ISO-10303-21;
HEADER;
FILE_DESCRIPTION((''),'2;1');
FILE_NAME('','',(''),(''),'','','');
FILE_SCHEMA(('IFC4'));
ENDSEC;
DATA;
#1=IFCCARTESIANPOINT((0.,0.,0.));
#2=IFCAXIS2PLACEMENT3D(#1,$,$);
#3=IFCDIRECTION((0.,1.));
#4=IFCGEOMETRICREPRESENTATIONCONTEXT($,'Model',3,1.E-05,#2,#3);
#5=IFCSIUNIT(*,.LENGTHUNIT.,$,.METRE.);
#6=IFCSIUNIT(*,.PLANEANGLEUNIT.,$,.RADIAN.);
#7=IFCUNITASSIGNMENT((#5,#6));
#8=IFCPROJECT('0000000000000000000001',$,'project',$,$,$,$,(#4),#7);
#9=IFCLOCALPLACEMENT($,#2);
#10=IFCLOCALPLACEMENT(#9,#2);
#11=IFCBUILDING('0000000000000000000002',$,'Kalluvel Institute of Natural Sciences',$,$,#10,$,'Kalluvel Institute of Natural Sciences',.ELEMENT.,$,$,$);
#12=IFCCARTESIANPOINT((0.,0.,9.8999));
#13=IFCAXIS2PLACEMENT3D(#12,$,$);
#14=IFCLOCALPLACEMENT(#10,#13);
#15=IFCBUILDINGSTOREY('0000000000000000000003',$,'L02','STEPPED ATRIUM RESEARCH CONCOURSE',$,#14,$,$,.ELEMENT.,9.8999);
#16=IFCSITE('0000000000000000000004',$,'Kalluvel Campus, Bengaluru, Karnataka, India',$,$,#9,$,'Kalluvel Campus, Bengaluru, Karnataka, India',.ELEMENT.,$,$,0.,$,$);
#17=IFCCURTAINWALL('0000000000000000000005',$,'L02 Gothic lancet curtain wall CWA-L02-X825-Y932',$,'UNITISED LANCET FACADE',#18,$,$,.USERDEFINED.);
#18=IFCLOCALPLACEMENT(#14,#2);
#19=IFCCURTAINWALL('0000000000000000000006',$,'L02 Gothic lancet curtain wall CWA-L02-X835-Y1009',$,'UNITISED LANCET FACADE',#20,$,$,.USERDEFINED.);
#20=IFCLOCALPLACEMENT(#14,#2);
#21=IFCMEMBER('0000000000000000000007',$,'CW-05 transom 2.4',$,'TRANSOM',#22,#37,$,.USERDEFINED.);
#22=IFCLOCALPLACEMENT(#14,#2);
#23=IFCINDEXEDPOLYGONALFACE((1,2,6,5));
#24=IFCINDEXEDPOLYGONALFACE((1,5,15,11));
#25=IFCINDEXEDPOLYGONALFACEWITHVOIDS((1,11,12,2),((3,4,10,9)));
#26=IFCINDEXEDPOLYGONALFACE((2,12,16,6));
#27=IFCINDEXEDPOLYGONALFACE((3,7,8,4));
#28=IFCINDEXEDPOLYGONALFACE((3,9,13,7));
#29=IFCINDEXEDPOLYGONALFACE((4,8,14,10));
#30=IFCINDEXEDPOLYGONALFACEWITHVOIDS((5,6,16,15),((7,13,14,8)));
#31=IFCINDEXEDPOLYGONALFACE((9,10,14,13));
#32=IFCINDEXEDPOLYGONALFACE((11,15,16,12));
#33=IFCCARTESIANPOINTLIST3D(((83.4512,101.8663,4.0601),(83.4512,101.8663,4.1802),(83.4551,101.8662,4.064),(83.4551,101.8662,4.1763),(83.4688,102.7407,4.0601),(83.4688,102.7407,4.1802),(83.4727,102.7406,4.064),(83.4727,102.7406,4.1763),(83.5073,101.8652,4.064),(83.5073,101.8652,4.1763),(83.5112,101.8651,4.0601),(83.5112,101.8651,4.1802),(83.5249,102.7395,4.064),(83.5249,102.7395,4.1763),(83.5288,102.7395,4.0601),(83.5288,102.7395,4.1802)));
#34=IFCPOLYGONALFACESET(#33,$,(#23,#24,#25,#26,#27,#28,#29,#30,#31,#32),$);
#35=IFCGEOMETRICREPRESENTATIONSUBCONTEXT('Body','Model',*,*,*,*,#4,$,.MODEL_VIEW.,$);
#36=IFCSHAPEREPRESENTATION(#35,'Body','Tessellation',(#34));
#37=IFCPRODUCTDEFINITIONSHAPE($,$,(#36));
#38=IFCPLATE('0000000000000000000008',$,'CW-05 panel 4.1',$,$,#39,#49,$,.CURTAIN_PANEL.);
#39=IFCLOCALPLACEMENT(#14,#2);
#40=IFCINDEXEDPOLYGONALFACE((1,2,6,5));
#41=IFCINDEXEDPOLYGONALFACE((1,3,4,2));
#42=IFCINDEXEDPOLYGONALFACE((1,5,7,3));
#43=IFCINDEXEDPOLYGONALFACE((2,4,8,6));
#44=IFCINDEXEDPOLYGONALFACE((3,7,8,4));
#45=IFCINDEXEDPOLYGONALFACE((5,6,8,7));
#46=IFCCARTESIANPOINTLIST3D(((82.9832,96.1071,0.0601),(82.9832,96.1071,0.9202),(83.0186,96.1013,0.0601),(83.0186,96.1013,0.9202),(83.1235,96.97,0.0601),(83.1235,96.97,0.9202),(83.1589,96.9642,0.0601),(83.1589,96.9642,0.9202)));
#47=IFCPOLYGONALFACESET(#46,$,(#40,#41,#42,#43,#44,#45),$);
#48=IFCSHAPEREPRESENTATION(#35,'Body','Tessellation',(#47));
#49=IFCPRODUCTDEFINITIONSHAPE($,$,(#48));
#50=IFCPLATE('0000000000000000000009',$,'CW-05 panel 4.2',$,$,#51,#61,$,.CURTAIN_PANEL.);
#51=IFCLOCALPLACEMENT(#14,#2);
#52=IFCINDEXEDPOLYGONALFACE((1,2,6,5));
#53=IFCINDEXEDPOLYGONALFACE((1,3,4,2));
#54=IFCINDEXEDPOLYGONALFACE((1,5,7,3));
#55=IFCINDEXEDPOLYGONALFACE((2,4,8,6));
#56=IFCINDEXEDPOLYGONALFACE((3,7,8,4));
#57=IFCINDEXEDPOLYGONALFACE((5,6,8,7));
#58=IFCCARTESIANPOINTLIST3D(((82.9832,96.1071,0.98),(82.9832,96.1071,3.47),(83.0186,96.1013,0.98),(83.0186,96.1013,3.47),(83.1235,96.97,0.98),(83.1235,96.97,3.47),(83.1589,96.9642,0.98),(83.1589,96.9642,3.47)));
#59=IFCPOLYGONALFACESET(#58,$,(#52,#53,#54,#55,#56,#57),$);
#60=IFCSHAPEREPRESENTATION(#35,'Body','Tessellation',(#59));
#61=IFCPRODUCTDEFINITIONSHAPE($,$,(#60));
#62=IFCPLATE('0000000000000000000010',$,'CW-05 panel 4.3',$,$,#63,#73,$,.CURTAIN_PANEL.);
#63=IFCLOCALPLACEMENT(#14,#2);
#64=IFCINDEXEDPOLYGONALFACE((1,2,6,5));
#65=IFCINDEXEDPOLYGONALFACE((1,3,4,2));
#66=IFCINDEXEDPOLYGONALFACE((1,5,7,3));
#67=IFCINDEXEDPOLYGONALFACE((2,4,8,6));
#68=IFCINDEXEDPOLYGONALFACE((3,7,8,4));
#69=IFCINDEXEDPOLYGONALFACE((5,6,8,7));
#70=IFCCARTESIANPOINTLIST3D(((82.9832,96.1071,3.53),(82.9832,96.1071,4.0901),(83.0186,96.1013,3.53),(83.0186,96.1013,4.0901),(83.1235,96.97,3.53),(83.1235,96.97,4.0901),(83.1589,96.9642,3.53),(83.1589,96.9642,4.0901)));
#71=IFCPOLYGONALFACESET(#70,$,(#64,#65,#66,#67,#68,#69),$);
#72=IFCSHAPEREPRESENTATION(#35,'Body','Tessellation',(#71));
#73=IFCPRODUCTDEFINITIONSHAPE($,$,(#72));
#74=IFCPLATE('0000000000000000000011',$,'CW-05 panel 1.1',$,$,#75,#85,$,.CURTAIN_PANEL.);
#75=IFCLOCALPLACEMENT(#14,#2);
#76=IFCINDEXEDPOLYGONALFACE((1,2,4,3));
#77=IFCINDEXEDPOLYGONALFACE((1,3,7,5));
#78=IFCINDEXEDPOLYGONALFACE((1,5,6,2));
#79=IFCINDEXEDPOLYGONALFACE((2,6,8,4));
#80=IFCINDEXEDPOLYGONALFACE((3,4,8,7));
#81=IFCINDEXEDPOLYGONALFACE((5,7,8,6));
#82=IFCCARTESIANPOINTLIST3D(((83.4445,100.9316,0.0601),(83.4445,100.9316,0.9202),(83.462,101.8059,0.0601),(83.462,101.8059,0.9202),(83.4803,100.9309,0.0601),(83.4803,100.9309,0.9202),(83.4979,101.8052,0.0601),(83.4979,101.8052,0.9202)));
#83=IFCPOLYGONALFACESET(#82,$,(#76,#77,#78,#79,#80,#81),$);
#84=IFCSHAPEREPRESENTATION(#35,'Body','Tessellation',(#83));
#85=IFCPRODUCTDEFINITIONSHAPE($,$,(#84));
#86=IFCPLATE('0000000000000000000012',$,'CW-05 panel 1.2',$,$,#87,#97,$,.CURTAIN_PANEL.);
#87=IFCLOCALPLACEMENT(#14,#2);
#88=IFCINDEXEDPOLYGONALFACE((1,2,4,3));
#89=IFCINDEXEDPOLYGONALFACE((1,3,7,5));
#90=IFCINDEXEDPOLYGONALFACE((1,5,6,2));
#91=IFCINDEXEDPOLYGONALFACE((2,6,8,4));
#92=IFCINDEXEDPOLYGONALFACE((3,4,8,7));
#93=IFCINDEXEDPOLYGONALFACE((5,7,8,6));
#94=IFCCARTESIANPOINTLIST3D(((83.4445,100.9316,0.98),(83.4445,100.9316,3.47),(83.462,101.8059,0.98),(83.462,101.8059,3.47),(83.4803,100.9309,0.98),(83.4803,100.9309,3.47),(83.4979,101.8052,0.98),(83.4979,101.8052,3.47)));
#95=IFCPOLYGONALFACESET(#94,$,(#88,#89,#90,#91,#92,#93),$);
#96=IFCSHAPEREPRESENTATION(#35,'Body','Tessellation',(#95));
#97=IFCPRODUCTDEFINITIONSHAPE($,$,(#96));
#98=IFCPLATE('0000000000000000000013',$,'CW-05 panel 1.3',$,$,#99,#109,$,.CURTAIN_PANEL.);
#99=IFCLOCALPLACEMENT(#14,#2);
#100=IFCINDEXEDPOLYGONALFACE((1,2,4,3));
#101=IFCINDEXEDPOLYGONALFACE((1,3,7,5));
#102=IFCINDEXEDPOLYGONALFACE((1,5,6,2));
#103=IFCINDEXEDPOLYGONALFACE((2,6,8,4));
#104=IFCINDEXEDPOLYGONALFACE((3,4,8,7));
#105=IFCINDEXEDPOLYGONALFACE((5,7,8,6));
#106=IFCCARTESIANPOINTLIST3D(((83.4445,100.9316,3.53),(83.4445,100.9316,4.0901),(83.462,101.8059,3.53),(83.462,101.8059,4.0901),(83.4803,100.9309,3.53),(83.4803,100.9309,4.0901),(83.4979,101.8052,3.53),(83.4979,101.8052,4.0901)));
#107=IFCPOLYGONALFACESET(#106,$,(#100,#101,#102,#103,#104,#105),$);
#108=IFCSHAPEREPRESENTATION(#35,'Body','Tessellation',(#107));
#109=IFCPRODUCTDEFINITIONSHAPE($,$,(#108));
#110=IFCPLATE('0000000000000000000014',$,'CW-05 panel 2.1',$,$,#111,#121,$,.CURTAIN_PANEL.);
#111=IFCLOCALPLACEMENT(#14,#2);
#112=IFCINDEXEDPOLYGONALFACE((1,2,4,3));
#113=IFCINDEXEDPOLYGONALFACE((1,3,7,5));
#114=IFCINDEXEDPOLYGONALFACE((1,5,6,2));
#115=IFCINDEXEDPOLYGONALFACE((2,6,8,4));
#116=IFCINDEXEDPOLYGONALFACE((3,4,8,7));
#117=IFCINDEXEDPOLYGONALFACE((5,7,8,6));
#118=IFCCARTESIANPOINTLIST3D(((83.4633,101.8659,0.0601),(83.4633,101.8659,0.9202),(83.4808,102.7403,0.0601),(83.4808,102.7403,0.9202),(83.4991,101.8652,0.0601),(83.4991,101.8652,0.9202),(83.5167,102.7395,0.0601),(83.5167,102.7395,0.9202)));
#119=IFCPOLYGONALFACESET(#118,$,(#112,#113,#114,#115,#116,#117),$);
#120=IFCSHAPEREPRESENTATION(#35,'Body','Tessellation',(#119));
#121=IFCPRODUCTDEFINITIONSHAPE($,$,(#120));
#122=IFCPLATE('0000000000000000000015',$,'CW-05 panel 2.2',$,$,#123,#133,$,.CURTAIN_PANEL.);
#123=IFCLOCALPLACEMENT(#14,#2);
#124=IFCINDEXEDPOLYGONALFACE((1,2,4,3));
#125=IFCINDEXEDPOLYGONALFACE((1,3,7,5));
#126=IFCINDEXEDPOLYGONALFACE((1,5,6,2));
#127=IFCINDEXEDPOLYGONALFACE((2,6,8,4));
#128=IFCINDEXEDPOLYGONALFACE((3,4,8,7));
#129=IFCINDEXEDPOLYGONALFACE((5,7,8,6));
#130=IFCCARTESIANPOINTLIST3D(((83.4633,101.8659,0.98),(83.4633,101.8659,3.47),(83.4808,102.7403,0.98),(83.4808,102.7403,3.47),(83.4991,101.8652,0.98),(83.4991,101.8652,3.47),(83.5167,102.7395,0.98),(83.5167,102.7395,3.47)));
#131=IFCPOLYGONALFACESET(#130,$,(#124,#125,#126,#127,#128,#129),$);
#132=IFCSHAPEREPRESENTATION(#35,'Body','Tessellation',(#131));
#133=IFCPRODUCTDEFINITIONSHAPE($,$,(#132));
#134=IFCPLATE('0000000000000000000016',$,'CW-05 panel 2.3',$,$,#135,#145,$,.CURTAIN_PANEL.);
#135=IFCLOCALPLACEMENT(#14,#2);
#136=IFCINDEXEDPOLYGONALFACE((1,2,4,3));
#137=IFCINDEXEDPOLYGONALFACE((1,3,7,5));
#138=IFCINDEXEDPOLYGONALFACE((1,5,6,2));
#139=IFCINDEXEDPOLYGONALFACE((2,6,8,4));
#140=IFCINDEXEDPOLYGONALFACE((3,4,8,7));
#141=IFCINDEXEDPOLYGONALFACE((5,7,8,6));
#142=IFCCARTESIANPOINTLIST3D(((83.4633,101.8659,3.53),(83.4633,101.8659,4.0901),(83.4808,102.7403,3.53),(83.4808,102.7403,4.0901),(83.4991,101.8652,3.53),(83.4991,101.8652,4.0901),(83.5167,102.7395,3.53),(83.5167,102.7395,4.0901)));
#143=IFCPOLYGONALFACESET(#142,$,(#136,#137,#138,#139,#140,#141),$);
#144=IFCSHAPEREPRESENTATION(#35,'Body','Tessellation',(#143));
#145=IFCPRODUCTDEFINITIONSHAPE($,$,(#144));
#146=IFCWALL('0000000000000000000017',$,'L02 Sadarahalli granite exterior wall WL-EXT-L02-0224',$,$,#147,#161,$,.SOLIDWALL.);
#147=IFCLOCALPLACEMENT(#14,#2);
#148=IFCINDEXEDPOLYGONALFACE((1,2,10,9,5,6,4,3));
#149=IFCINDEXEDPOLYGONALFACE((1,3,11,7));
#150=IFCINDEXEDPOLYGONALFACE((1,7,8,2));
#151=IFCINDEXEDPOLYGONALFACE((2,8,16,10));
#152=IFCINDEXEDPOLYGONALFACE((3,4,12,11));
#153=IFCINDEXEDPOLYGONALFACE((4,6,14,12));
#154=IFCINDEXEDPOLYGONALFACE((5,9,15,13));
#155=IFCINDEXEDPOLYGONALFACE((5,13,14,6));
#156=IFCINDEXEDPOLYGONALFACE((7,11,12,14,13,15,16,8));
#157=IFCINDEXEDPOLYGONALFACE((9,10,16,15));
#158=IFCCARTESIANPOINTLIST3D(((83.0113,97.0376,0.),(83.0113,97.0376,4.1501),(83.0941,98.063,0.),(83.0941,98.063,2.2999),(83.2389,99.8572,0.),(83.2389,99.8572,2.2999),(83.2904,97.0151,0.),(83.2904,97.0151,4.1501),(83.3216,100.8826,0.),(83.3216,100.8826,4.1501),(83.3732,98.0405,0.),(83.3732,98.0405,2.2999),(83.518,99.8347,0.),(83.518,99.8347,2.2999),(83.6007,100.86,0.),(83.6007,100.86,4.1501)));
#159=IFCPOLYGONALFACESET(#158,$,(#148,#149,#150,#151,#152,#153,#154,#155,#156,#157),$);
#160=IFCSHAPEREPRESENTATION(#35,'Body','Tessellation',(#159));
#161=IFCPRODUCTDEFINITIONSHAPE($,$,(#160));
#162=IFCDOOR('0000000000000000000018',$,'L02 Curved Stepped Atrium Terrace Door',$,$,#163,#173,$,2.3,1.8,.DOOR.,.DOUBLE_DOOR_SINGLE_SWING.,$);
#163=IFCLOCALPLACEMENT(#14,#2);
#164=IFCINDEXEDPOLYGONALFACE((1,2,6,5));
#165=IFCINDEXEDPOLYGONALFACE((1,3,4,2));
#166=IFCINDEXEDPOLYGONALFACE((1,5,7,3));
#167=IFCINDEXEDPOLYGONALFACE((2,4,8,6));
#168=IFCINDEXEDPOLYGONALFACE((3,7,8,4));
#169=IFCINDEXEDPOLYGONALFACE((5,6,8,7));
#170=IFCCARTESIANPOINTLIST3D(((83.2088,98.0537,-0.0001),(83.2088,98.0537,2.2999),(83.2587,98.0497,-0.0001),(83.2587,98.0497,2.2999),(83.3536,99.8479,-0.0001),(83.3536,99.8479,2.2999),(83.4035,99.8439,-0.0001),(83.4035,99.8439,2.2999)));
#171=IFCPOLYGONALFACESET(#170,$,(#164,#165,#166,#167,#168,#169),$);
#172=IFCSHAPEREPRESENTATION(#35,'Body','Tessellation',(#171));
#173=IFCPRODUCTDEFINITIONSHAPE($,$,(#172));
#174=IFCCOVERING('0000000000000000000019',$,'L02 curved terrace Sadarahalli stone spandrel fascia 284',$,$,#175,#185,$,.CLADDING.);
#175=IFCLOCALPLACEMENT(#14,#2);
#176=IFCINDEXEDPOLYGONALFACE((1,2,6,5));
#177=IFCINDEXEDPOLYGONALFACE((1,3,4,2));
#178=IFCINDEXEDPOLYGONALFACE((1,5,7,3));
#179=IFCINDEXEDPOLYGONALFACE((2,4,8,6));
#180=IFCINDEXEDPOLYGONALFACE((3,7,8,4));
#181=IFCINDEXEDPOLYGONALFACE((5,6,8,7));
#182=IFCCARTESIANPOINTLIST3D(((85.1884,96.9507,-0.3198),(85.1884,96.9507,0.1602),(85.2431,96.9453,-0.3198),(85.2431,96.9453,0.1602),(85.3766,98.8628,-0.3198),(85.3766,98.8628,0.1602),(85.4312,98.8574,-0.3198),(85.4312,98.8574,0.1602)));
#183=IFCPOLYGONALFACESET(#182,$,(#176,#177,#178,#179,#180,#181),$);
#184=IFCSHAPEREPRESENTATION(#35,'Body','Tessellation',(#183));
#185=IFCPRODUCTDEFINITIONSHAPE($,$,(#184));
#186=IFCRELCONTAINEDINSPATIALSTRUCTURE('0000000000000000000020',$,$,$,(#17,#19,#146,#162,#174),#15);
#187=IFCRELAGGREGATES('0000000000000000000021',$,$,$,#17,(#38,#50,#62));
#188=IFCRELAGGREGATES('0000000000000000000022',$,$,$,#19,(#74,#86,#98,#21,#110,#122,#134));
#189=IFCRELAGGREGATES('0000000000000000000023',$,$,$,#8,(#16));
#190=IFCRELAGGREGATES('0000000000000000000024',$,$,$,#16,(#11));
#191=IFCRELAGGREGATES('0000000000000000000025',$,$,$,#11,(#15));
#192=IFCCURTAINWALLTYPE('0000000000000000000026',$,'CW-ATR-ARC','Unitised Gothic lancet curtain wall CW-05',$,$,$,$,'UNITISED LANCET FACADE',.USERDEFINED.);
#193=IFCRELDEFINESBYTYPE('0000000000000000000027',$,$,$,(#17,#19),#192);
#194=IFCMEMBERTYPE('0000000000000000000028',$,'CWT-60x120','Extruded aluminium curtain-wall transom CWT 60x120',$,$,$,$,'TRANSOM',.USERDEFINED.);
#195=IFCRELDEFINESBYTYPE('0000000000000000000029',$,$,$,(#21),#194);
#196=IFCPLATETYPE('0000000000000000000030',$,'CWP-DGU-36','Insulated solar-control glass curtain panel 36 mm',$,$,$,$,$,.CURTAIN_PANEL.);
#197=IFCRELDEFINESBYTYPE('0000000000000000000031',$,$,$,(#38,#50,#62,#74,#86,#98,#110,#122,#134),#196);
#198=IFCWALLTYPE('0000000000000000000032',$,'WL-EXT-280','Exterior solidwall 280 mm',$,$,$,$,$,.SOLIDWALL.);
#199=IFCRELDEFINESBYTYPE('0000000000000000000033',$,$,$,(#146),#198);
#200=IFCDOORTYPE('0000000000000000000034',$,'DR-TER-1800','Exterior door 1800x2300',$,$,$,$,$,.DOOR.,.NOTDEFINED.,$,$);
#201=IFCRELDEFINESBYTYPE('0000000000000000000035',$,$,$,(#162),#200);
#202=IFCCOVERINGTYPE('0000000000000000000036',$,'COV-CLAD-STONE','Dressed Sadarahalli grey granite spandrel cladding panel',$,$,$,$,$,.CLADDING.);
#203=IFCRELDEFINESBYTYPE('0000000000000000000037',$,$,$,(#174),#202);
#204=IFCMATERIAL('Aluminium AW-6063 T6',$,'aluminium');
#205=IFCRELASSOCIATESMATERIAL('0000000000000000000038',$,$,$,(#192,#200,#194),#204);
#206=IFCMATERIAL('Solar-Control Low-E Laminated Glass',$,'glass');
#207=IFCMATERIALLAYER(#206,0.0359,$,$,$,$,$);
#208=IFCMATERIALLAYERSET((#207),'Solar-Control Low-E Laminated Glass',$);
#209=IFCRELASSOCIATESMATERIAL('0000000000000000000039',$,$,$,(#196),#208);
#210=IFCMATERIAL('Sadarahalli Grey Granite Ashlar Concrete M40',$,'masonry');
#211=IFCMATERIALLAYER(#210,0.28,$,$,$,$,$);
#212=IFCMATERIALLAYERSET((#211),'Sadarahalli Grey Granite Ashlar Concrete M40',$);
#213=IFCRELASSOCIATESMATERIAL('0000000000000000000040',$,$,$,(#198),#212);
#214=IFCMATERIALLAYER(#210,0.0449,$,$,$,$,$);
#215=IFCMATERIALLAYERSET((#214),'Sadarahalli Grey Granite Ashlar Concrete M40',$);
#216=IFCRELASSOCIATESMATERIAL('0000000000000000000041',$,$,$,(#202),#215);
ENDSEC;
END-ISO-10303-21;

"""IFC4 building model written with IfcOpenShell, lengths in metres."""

from ifc_helpers import new_model, si_unit, direction, frame, frame_2d, origin, origin_2d, place, context, subcontext, project, spatial, rectangle, hollow_rectangle, extrude, material, layer, layer_set, material_profile, profile_set, type_object, element, fill, aggregate, save


model = new_model("IFC4")

# Units and contexts
model_context = context("Model", 3, precision=1e-05, world=origin(), true_north=direction((0.0, 1.0)))
body_context = subcontext(model_context, "Body", "Model", "MODEL_VIEW")
ifc_project = project(units=[si_unit("LENGTHUNIT", "METRE"), si_unit("PLANEANGLEUNIT", "RADIAN")], contexts=[model_context])

# Site, building, storey
site_placement = place(None, origin())
site = spatial("IfcSite", under=ifc_project, at=site_placement, Name="Kalluvel Campus, Bengaluru, Karnataka, India", LongName="Kalluvel Campus, Bengaluru, Karnataka, India", CompositionType="ELEMENT", RefElevation=0.0)
building_placement = place(site_placement, origin())
building = spatial("IfcBuilding", under=site, at=building_placement, Name="Kalluvel Institute of Natural Sciences", LongName="Kalluvel Institute of Natural Sciences", CompositionType="ELEMENT")
storey_placement = place(building_placement, frame((0.0, 0.0, 9.8999)))
storey = spatial("IfcBuildingStorey", under=building, at=storey_placement, Name="L02", Description="STEPPED ATRIUM RESEARCH CONCOURSE", CompositionType="ELEMENT", Elevation=9.8999)

# Curtain wall
ifc_material_1 = material(Name="Aluminium AW-6063 T6", Category="aluminium")
curtain_wall_type = type_object("IfcCurtainWallType", Name="CW-ATR-ARC", Description="Unitised Gothic lancet curtain wall CW-05", ElementType="UNITISED LANCET FACADE", PredefinedType="USERDEFINED", material=ifc_material_1)
curtain_wall_1_placement = place(storey_placement, origin())
curtain_wall_1 = element("IfcCurtainWall", 1, at=curtain_wall_1_placement, inside=storey, type_object=curtain_wall_type, Name="L02 Gothic lancet curtain wall CWA-L02-X825-Y932", ObjectType="UNITISED LANCET FACADE", PredefinedType="USERDEFINED")

# Curtain wall, member
curtain_wall_2_placement = place(storey_placement, origin())
curtain_wall_2 = element("IfcCurtainWall", 2, at=curtain_wall_2_placement, inside=storey, type_object=curtain_wall_type, Name="L02 Gothic lancet curtain wall CWA-L02-X835-Y1009", ObjectType="UNITISED LANCET FACADE", PredefinedType="USERDEFINED")
ifc_material_profile_1 = material_profile(ifc_material_1, hollow_rectangle(XDim=0.0601, YDim=0.1201, WallThickness=0.0039, at=origin_2d()), Name="CWT 60x120")
ifc_profile_set_1 = profile_set([ifc_material_profile_1], Name="Aluminium AW-6063 T6")
member_type_1 = type_object("IfcMemberType", Name="CWT-60x120", Description="Extruded aluminium curtain-wall transom CWT 60x120", ElementType="TRANSOM", PredefinedType="USERDEFINED", material=ifc_profile_set_1)
member_1_placement = place(storey_placement, frame((83.4812, 101.8657, 4.1201), z_axis=(0.020102, 0.999798, 0.0), x_axis=(-0.999798, 0.020102, 0.0)))
member_1 = element("IfcMember", 3, at=member_1_placement, type_object=member_type_1, Name="CW-05 transom 2.4", ObjectType="TRANSOM", PredefinedType="USERDEFINED", context=body_context, shape_type="SweptSolid", body=[
    extrude(hollow_rectangle(XDim=0.0601, YDim=0.1201, WallThickness=0.0039, at=origin_2d()), origin(), (0.0, 0.0, 1.0), 0.8745),
])

# Plates
ifc_material_2 = material(Name="Solar-Control Low-E Laminated Glass", Category="glass")
ifc_layer_1 = layer(ifc_material_2, 0.0359)
ifc_layer_set_1 = layer_set([ifc_layer_1], Name="Solar-Control Low-E Laminated Glass")
plate_type = type_object("IfcPlateType", Name="CWP-DGU-36", Description="Insulated solar-control glass curtain panel 36 mm", PredefinedType="CURTAIN_PANEL", material=ifc_layer_set_1)
plate_1_placement = place(storey_placement, frame((83.071, 96.5356, 0.0601), z_axis=(0.0, 0.0, 1.0), x_axis=(0.160417, 0.987049, 0.0)))
plate_1 = element("IfcPlate", 4, at=plate_1_placement, type_object=plate_type, Name="CW-05 panel 4.1", PredefinedType="CURTAIN_PANEL", context=body_context, shape_type="SweptSolid", body=[
    extrude(rectangle(XDim=0.8743, YDim=0.0359, at=origin_2d()), origin(), (0.0, 0.0, 1.0), 0.8601),
])
plate_2_placement = place(storey_placement, frame((83.071, 96.5356, 0.98), z_axis=(0.0, 0.0, 1.0), x_axis=(0.160417, 0.987049, 0.0)))
plate_2 = element("IfcPlate", 5, at=plate_2_placement, type_object=plate_type, Name="CW-05 panel 4.2", PredefinedType="CURTAIN_PANEL", context=body_context, shape_type="SweptSolid", body=[
    extrude(rectangle(XDim=0.8743, YDim=0.0359, at=origin_2d()), origin(), (0.0, 0.0, 1.0), 2.49),
])
plate_3_placement = place(storey_placement, frame((83.071, 96.5356, 3.53), z_axis=(0.0, 0.0, 1.0), x_axis=(0.160417, 0.987049, 0.0)))
plate_3 = element("IfcPlate", 6, at=plate_3_placement, type_object=plate_type, Name="CW-05 panel 4.3", PredefinedType="CURTAIN_PANEL", context=body_context, shape_type="SweptSolid", body=[
    extrude(rectangle(XDim=0.8743, YDim=0.0359, at=origin_2d()), origin(), (0.0, 0.0, 1.0), 0.5601),
])
aggregate(curtain_wall_1, [plate_1, plate_2, plate_3])
plate_4_placement = place(storey_placement, frame((83.4712, 101.3684, 0.0601), z_axis=(0.0, 0.0, 1.0), x_axis=(0.020113, 0.999798, 0.0)))
plate_4 = element("IfcPlate", 7, at=plate_4_placement, type_object=plate_type, Name="CW-05 panel 1.1", PredefinedType="CURTAIN_PANEL", context=body_context, shape_type="SweptSolid", body=[
    extrude(rectangle(XDim=0.8745, YDim=0.0359, at=origin_2d()), origin(), (0.0, 0.0, 1.0), 0.8601),
])
plate_5_placement = place(storey_placement, frame((83.4712, 101.3684, 0.98), z_axis=(0.0, 0.0, 1.0), x_axis=(0.020113, 0.999798, 0.0)))
plate_5 = element("IfcPlate", 8, at=plate_5_placement, type_object=plate_type, Name="CW-05 panel 1.2", PredefinedType="CURTAIN_PANEL", context=body_context, shape_type="SweptSolid", body=[
    extrude(rectangle(XDim=0.8745, YDim=0.0359, at=origin_2d()), origin(), (0.0, 0.0, 1.0), 2.49),
])
plate_6_placement = place(storey_placement, frame((83.4712, 101.3684, 3.53), z_axis=(0.0, 0.0, 1.0), x_axis=(0.020113, 0.999798, 0.0)))
plate_6 = element("IfcPlate", 9, at=plate_6_placement, type_object=plate_type, Name="CW-05 panel 1.3", PredefinedType="CURTAIN_PANEL", context=body_context, shape_type="SweptSolid", body=[
    extrude(rectangle(XDim=0.8745, YDim=0.0359, at=origin_2d()), origin(), (0.0, 0.0, 1.0), 0.5601),
])
plate_7_placement = place(storey_placement, frame((83.49, 102.3027, 0.0601), z_axis=(0.0, 0.0, 1.0), x_axis=(0.020113, 0.999798, 0.0)))
plate_7 = element("IfcPlate", 10, at=plate_7_placement, type_object=plate_type, Name="CW-05 panel 2.1", PredefinedType="CURTAIN_PANEL", context=body_context, shape_type="SweptSolid", body=[
    extrude(rectangle(XDim=0.8745, YDim=0.0359, at=origin_2d()), origin(), (0.0, 0.0, 1.0), 0.8601),
])
plate_8_placement = place(storey_placement, frame((83.49, 102.3027, 0.98), z_axis=(0.0, 0.0, 1.0), x_axis=(0.020113, 0.999798, 0.0)))
plate_8 = element("IfcPlate", 11, at=plate_8_placement, type_object=plate_type, Name="CW-05 panel 2.2", PredefinedType="CURTAIN_PANEL", context=body_context, shape_type="SweptSolid", body=[
    extrude(rectangle(XDim=0.8745, YDim=0.0359, at=origin_2d()), origin(), (0.0, 0.0, 1.0), 2.49),
])
plate_9_placement = place(storey_placement, frame((83.49, 102.3027, 3.53), z_axis=(0.0, 0.0, 1.0), x_axis=(0.020113, 0.999798, 0.0)))
plate_9 = element("IfcPlate", 12, at=plate_9_placement, type_object=plate_type, Name="CW-05 panel 2.3", PredefinedType="CURTAIN_PANEL", context=body_context, shape_type="SweptSolid", body=[
    extrude(rectangle(XDim=0.8745, YDim=0.0359, at=origin_2d()), origin(), (0.0, 0.0, 1.0), 0.5601),
])
aggregate(curtain_wall_2, [plate_4, plate_5, plate_6, member_1, plate_7, plate_8, plate_9])

# Wall, opening, door
ifc_material_3 = material(Name="Sadarahalli Grey Granite Ashlar Concrete M40", Category="masonry")
ifc_layer_2 = layer(ifc_material_3, 0.28)
ifc_layer_set_2 = layer_set([ifc_layer_2], Name="Sadarahalli Grey Granite Ashlar Concrete M40")
wall_type = type_object("IfcWallType", Name="WL-EXT-280", Description="Exterior solidwall 280 mm", PredefinedType="SOLIDWALL", material=ifc_layer_set_2)
wall_placement = place(storey_placement, frame((83.1509, 97.0264, 0.0), z_axis=(0.0, 0.0, 1.0), x_axis=(0.080442, 0.996759, 0.0)))
wall = element("IfcWall", 13, at=wall_placement, inside=storey, type_object=wall_type, Name="L02 Sadarahalli granite exterior wall WL-EXT-L02-0224", PredefinedType="SOLIDWALL", context=body_context, shape_type="SweptSolid", body=[
    extrude(rectangle(XDim=3.8574, YDim=0.28, at=frame_2d((1.9287, 0.0))), origin(), (0.0, 0.0, 1.0), 4.1501),
])
opening_placement = place(wall_placement, frame((1.0288, 0.0, 0.0)))
opening = element("IfcOpeningElement", 14, at=opening_placement, cuts=wall, PredefinedType="OPENING", context=body_context, shape_type="SweptSolid", body=[
    extrude(rectangle(XDim=1.8, YDim=2.3, at=frame_2d((0.8999, 1.1499))), frame((0.0, 0.1499, 0.0), z_axis=(0.0, -1.0, 0.0), x_axis=(1.0, 0.0, 0.0)), (0.0, 0.0, 1.0), 0.3),
])
door_type = type_object("IfcDoorType", Name="DR-TER-1800", Description="Exterior door 1800x2300", OperationType="NOTDEFINED", PredefinedType="DOOR", material=ifc_material_1)
door_placement = place(opening_placement, origin())
door = element("IfcDoor", 15, at=door_placement, inside=storey, type_object=door_type, Name="L02 Curved Stepped Atrium Terrace Door", OperationType="DOUBLE_DOOR_SINGLE_SWING", OverallHeight=2.3, OverallWidth=1.8, PredefinedType="DOOR", context=body_context, shape_type="SweptSolid", body=[
    extrude(rectangle(XDim=1.8, YDim=2.3, at=frame_2d((0.8999, 1.1499))), frame((0.0, 0.0249, 0.0), z_axis=(0.0, -1.0, 0.0), x_axis=(1.0, 0.0, 0.0)), (0.0, 0.0, 1.0), 0.05),
])
fill(opening, door)

# Covering
ifc_layer_3 = layer(ifc_material_3, 0.0449)
ifc_layer_set_3 = layer_set([ifc_layer_3], Name="Sadarahalli Grey Granite Ashlar Concrete M40")
covering_type = type_object("IfcCoveringType", Name="COV-CLAD-STONE", Description="Dressed Sadarahalli grey granite spandrel cladding panel", PredefinedType="CLADDING", material=ifc_layer_set_3)
for number, where, z_axis, x_axis, name in (
    (16, (85.3098, 97.9041, -0.3198), (0.0, 0.0, 1.0), (0.09793, 0.995193, 0.0), "L02 curved terrace Sadarahalli stone spandrel fascia 284"),
):
    element("IfcCovering", number, at=place(storey_placement, frame(where, z_axis=z_axis, x_axis=x_axis)), inside=storey, type_object=covering_type, Name=name, PredefinedType="CLADDING", context=body_context, shape_type="SweptSolid", body=[
        extrude(rectangle(XDim=1.9214, YDim=0.0549, at=origin_2d()), origin(), (0.0, 0.0, 1.0), 0.48),
    ])

save(model, "model.ifc")
